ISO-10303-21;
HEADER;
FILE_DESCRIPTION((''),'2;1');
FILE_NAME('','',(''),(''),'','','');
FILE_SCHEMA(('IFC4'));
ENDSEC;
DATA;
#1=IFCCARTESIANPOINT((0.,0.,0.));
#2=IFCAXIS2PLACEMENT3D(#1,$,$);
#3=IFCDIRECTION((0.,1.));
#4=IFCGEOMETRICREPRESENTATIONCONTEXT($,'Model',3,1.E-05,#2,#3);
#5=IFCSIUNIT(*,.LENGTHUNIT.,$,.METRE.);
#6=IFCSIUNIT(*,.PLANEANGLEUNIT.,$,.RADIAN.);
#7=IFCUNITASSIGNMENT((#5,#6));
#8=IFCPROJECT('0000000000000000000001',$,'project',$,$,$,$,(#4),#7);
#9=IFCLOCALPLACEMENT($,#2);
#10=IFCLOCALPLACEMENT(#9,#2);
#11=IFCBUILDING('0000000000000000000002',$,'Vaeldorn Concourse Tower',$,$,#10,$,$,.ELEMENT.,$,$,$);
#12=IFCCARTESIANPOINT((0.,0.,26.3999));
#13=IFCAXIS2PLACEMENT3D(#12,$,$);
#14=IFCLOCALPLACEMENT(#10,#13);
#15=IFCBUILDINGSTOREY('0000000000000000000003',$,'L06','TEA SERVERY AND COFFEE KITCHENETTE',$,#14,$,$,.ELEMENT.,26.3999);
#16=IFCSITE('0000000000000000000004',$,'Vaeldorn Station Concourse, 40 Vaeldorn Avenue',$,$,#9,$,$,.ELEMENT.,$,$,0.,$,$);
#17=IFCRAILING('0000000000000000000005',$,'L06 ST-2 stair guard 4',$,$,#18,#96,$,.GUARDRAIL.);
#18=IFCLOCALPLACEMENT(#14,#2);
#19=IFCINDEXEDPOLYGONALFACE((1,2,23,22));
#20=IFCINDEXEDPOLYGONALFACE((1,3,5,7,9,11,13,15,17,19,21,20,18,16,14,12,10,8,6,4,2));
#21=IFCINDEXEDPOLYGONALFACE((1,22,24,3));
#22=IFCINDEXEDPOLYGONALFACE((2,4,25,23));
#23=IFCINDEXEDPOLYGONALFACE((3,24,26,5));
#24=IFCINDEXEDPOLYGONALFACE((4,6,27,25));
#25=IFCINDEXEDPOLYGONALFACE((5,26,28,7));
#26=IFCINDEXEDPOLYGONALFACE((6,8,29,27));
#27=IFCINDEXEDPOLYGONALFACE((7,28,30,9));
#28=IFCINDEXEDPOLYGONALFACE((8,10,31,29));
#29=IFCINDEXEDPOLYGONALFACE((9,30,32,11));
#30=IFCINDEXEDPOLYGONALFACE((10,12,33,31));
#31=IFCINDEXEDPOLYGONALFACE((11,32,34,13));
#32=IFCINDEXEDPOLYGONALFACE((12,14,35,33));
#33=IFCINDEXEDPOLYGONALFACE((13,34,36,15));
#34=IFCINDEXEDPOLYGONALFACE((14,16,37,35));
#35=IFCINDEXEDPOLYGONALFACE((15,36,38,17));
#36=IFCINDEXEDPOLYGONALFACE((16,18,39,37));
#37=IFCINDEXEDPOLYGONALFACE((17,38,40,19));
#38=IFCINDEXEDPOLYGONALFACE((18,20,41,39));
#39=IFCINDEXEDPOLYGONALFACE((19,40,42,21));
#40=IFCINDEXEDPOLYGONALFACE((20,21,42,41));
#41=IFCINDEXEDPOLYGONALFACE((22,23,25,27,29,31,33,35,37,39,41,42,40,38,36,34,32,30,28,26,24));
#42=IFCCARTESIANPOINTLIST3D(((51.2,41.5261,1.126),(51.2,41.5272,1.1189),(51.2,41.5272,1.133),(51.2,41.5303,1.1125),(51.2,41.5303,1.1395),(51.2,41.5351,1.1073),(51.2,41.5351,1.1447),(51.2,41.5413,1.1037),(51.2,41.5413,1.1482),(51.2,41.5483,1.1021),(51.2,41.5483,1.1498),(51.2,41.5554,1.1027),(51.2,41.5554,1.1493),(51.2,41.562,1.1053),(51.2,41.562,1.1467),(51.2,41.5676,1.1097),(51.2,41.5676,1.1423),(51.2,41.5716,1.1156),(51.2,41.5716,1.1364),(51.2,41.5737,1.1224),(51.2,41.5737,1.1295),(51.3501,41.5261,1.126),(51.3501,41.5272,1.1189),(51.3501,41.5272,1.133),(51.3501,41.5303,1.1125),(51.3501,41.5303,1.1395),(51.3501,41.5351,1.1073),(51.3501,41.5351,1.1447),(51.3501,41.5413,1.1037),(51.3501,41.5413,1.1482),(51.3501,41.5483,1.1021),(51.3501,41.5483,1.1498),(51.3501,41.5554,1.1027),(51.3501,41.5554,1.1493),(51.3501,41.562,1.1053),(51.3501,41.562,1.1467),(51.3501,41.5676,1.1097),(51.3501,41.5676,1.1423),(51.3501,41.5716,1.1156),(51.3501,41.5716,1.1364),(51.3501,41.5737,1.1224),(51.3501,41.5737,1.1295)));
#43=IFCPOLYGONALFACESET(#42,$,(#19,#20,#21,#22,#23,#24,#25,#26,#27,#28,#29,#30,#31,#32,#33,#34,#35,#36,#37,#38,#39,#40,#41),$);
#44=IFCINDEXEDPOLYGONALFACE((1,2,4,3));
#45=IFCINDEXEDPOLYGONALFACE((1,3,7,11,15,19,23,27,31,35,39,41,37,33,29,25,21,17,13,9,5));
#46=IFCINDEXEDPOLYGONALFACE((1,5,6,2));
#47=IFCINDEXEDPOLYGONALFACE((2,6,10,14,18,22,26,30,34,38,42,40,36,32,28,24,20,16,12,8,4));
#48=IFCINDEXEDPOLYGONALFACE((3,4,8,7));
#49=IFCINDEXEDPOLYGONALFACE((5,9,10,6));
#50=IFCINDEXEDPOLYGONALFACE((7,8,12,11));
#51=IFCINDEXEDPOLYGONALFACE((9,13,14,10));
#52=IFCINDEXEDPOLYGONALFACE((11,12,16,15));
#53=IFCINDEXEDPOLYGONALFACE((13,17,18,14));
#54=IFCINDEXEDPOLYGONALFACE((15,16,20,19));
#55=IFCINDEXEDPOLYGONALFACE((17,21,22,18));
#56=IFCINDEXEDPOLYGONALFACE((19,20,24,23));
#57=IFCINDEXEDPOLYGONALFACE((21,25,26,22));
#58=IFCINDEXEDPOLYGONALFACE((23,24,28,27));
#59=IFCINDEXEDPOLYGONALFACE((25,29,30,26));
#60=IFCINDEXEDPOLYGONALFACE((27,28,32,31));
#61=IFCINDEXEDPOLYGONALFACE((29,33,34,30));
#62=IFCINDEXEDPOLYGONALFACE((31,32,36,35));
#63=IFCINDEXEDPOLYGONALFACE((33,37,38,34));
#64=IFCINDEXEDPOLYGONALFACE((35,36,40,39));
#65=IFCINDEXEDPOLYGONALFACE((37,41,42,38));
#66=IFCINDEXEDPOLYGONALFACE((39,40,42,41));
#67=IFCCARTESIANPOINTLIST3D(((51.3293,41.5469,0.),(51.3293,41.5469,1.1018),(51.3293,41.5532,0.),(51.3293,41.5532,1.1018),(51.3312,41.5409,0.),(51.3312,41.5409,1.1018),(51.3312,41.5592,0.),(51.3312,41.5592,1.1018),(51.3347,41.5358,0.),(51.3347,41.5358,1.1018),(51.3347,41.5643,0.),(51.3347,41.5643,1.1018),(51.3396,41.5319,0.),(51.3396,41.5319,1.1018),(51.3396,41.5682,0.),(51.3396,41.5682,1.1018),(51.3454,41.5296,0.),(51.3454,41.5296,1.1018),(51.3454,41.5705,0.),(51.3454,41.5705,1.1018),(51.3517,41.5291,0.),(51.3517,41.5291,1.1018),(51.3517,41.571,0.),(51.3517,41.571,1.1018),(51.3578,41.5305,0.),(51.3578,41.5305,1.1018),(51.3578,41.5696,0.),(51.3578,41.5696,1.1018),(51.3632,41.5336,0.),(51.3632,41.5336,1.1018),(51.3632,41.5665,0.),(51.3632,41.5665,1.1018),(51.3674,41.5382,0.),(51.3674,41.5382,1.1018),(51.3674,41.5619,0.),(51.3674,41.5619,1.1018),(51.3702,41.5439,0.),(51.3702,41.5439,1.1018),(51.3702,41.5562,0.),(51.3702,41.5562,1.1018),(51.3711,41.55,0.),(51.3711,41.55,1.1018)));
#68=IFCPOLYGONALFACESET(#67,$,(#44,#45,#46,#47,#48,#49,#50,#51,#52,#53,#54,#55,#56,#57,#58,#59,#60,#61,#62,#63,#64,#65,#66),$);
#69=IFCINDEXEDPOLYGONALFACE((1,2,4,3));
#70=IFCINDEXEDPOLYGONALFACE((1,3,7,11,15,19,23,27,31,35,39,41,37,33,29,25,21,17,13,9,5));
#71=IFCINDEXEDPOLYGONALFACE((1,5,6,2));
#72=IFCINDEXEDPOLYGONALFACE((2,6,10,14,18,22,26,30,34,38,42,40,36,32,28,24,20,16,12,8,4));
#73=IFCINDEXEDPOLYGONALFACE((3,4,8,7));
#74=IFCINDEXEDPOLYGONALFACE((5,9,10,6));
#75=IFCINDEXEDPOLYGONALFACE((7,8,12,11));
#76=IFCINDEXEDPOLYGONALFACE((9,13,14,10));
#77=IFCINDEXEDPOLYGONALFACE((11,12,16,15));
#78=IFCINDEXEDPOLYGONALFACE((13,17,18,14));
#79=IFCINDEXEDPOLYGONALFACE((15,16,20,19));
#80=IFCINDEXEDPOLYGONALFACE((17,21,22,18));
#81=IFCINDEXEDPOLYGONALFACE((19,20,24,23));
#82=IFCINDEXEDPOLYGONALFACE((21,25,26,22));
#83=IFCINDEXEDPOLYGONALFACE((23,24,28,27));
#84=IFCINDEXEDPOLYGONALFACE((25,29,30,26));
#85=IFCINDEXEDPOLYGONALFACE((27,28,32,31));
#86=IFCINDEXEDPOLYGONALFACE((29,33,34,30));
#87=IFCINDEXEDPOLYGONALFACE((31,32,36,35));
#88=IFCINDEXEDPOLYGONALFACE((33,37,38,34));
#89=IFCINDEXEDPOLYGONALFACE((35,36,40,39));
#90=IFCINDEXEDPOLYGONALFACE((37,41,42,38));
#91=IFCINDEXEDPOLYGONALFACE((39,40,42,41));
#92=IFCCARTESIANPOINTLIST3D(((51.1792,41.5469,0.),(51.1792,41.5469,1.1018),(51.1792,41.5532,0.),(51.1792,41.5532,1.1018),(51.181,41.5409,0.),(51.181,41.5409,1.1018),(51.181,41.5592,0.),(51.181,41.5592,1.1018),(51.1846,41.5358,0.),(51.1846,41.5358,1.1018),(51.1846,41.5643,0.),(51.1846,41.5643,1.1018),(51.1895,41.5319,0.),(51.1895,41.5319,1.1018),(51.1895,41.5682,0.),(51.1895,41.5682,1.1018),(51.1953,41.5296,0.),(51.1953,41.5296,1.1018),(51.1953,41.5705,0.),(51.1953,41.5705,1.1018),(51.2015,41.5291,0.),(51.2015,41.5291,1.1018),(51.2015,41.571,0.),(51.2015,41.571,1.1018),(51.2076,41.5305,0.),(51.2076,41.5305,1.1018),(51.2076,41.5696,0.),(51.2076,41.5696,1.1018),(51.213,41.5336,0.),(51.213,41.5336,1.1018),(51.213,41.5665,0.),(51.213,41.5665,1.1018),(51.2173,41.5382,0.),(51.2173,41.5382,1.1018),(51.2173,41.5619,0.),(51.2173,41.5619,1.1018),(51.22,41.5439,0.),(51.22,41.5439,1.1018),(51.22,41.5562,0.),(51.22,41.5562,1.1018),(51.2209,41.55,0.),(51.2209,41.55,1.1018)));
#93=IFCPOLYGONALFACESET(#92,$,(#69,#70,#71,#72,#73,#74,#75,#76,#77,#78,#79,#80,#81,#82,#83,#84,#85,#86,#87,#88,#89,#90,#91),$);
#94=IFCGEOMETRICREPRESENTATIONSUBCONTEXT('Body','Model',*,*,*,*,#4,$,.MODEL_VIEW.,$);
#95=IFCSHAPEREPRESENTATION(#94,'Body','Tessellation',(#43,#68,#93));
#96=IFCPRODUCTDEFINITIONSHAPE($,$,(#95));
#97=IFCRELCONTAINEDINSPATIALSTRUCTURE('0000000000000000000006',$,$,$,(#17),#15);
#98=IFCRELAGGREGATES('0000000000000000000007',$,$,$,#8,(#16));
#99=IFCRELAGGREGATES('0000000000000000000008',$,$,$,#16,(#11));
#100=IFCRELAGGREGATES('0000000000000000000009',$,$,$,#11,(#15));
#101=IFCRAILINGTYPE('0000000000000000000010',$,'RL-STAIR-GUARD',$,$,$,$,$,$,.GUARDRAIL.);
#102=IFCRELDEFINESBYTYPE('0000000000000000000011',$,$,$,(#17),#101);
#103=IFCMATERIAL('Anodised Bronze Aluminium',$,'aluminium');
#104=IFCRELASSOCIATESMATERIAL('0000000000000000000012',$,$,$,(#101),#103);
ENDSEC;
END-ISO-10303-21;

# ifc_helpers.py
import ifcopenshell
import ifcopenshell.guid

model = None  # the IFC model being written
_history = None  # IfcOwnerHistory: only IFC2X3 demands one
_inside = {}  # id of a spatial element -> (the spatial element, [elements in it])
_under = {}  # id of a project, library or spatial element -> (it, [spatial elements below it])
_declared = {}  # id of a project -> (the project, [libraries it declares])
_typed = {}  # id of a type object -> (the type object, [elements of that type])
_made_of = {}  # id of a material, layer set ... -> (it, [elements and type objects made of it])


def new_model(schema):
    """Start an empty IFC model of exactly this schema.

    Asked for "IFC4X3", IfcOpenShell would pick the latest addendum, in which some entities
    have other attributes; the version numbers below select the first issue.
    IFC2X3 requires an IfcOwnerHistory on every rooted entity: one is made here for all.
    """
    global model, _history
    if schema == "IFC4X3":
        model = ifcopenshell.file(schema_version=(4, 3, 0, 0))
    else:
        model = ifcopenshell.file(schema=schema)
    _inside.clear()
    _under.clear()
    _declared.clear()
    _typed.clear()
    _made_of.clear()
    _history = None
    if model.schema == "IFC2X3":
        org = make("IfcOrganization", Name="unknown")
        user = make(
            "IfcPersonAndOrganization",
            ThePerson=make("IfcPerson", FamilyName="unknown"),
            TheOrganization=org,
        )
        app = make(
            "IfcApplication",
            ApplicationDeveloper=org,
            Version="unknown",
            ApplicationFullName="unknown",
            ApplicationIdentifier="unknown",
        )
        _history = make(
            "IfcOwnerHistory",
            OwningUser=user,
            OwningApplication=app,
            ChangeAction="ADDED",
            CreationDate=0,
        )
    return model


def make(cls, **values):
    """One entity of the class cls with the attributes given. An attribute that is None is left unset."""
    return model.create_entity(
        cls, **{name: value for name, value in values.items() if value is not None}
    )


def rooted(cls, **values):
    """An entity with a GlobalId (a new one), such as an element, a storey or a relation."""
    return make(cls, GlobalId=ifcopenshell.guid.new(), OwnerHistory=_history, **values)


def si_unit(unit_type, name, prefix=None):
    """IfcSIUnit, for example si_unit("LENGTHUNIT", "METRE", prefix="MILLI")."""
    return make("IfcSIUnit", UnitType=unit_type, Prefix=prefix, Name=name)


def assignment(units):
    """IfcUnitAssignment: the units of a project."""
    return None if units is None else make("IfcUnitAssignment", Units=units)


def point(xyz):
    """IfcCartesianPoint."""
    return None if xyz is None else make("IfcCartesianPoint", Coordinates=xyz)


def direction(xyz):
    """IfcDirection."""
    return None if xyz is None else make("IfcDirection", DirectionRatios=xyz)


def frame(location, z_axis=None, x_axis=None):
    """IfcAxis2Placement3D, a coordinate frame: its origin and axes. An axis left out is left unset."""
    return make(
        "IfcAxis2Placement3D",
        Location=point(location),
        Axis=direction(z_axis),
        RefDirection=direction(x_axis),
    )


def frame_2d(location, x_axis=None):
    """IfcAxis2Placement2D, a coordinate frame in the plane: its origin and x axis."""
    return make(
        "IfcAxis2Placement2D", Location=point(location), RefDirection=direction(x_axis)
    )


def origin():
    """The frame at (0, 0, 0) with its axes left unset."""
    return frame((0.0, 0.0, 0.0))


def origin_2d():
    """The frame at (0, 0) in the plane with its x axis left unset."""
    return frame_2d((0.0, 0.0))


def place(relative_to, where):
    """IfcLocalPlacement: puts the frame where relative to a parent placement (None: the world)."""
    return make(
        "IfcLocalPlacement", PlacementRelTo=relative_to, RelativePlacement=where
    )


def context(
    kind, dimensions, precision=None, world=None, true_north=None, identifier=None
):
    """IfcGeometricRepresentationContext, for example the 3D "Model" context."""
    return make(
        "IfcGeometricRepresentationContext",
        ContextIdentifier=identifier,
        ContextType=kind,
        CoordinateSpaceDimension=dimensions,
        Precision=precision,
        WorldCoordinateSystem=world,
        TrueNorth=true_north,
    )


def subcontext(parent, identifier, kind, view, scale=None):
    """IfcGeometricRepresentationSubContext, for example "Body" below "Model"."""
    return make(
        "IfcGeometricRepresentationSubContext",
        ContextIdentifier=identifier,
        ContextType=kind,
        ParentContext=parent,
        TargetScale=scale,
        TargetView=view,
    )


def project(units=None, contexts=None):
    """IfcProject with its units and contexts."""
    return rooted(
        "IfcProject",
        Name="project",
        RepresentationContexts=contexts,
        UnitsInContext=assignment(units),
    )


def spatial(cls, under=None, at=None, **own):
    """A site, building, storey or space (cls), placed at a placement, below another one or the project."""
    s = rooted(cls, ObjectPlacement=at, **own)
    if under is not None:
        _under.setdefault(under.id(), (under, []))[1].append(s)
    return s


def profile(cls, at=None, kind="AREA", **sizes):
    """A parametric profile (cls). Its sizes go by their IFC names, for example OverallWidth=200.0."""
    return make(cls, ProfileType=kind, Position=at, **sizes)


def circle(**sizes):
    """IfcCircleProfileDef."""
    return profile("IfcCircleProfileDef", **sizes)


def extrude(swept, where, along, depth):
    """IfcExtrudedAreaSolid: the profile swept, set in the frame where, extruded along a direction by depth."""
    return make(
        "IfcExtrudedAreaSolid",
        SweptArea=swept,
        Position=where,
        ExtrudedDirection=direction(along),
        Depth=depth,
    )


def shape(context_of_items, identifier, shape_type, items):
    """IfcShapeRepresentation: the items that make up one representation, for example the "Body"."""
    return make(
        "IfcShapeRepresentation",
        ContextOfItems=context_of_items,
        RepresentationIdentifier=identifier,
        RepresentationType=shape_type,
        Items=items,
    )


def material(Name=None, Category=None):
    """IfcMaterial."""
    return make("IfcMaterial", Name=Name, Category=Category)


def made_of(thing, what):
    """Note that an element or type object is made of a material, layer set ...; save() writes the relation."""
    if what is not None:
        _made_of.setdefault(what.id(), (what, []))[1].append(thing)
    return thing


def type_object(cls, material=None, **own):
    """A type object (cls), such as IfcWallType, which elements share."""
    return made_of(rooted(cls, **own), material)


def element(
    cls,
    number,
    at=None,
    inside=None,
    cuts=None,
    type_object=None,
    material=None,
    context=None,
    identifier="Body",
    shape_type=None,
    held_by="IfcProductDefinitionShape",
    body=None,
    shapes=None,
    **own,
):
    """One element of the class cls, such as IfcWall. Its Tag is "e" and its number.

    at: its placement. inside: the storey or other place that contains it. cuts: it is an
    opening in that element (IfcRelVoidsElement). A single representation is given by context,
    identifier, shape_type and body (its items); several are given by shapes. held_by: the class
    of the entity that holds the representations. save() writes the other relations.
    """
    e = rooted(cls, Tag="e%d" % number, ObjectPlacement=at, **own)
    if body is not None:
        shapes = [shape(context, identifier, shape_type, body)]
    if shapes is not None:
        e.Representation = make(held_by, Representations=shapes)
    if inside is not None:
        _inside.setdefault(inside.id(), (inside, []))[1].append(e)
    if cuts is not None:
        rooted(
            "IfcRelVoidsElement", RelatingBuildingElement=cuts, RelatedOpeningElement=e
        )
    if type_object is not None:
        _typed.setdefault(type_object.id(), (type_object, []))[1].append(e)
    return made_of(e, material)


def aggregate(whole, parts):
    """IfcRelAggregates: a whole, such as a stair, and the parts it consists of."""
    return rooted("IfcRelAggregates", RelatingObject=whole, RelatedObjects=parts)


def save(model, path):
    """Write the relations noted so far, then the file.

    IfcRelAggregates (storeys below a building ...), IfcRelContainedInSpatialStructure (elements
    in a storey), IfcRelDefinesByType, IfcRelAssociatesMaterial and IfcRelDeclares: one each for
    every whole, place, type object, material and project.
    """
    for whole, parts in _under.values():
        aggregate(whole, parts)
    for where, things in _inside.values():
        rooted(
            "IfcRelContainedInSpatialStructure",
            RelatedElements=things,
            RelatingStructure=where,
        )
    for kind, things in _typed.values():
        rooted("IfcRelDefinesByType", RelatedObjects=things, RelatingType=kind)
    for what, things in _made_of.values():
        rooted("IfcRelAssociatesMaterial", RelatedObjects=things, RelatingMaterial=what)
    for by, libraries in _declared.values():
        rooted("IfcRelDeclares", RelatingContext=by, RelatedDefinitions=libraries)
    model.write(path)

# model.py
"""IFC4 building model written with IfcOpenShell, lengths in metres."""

from ifc_helpers import new_model, si_unit, direction, frame, origin, origin_2d, place, context, subcontext, project, spatial, circle, extrude, material, type_object, element, save


model = new_model("IFC4")

# Units and contexts
model_context = context("Model", 3, precision=1e-05, world=origin(), true_north=direction((0.0, 1.0)))
body_context = subcontext(model_context, "Body", "Model", "MODEL_VIEW")
ifc_project = project(units=[si_unit("LENGTHUNIT", "METRE"), si_unit("PLANEANGLEUNIT", "RADIAN")], contexts=[model_context])

# Site, building, storey
site_placement = place(None, origin())
site = spatial("IfcSite", under=ifc_project, at=site_placement, Name="Vaeldorn Station Concourse, 40 Vaeldorn Avenue", CompositionType="ELEMENT", RefElevation=0.0)
building_placement = place(site_placement, origin())
building = spatial("IfcBuilding", under=site, at=building_placement, Name="Vaeldorn Concourse Tower", CompositionType="ELEMENT")
storey_placement = place(building_placement, frame((0.0, 0.0, 26.3999)))
storey = spatial("IfcBuildingStorey", under=building, at=storey_placement, Name="L06", Description="TEA SERVERY AND COFFEE KITCHENETTE", CompositionType="ELEMENT", Elevation=26.3999)

# Shared definitions
ifc_material_1 = material(Name="Anodised Bronze Aluminium", Category="aluminium")

# Railing
railing_type_1 = type_object("IfcRailingType", Name="RL-STAIR-GUARD", PredefinedType="GUARDRAIL", material=ifc_material_1)
railing_1_placement = place(storey_placement, frame((51.3501, 41.55, 0.0)))
element("IfcRailing", 1, at=railing_1_placement, inside=storey, type_object=railing_type_1, Name="L06 ST-2 stair guard 4", PredefinedType="GUARDRAIL", context=body_context, shape_type="SweptSolid", body=[
    extrude(circle(Radius=0.0239, at=origin_2d()), frame((0.0, 0.0, 1.126), z_axis=(-1.0, 0.0, 0.0), x_axis=(0.0, -1.0, 0.0)), (0.0, 0.0, 1.0), 0.1501),
    extrude(circle(Radius=0.021, at=origin_2d()), origin(), (0.0, 0.0, 1.0), 1.1018),
    extrude(circle(Radius=0.021, at=origin_2d()), frame((-0.1501, 0.0, 0.0)), (0.0, 0.0, 1.0), 1.1018),
])

save(model, "model.ifc")
